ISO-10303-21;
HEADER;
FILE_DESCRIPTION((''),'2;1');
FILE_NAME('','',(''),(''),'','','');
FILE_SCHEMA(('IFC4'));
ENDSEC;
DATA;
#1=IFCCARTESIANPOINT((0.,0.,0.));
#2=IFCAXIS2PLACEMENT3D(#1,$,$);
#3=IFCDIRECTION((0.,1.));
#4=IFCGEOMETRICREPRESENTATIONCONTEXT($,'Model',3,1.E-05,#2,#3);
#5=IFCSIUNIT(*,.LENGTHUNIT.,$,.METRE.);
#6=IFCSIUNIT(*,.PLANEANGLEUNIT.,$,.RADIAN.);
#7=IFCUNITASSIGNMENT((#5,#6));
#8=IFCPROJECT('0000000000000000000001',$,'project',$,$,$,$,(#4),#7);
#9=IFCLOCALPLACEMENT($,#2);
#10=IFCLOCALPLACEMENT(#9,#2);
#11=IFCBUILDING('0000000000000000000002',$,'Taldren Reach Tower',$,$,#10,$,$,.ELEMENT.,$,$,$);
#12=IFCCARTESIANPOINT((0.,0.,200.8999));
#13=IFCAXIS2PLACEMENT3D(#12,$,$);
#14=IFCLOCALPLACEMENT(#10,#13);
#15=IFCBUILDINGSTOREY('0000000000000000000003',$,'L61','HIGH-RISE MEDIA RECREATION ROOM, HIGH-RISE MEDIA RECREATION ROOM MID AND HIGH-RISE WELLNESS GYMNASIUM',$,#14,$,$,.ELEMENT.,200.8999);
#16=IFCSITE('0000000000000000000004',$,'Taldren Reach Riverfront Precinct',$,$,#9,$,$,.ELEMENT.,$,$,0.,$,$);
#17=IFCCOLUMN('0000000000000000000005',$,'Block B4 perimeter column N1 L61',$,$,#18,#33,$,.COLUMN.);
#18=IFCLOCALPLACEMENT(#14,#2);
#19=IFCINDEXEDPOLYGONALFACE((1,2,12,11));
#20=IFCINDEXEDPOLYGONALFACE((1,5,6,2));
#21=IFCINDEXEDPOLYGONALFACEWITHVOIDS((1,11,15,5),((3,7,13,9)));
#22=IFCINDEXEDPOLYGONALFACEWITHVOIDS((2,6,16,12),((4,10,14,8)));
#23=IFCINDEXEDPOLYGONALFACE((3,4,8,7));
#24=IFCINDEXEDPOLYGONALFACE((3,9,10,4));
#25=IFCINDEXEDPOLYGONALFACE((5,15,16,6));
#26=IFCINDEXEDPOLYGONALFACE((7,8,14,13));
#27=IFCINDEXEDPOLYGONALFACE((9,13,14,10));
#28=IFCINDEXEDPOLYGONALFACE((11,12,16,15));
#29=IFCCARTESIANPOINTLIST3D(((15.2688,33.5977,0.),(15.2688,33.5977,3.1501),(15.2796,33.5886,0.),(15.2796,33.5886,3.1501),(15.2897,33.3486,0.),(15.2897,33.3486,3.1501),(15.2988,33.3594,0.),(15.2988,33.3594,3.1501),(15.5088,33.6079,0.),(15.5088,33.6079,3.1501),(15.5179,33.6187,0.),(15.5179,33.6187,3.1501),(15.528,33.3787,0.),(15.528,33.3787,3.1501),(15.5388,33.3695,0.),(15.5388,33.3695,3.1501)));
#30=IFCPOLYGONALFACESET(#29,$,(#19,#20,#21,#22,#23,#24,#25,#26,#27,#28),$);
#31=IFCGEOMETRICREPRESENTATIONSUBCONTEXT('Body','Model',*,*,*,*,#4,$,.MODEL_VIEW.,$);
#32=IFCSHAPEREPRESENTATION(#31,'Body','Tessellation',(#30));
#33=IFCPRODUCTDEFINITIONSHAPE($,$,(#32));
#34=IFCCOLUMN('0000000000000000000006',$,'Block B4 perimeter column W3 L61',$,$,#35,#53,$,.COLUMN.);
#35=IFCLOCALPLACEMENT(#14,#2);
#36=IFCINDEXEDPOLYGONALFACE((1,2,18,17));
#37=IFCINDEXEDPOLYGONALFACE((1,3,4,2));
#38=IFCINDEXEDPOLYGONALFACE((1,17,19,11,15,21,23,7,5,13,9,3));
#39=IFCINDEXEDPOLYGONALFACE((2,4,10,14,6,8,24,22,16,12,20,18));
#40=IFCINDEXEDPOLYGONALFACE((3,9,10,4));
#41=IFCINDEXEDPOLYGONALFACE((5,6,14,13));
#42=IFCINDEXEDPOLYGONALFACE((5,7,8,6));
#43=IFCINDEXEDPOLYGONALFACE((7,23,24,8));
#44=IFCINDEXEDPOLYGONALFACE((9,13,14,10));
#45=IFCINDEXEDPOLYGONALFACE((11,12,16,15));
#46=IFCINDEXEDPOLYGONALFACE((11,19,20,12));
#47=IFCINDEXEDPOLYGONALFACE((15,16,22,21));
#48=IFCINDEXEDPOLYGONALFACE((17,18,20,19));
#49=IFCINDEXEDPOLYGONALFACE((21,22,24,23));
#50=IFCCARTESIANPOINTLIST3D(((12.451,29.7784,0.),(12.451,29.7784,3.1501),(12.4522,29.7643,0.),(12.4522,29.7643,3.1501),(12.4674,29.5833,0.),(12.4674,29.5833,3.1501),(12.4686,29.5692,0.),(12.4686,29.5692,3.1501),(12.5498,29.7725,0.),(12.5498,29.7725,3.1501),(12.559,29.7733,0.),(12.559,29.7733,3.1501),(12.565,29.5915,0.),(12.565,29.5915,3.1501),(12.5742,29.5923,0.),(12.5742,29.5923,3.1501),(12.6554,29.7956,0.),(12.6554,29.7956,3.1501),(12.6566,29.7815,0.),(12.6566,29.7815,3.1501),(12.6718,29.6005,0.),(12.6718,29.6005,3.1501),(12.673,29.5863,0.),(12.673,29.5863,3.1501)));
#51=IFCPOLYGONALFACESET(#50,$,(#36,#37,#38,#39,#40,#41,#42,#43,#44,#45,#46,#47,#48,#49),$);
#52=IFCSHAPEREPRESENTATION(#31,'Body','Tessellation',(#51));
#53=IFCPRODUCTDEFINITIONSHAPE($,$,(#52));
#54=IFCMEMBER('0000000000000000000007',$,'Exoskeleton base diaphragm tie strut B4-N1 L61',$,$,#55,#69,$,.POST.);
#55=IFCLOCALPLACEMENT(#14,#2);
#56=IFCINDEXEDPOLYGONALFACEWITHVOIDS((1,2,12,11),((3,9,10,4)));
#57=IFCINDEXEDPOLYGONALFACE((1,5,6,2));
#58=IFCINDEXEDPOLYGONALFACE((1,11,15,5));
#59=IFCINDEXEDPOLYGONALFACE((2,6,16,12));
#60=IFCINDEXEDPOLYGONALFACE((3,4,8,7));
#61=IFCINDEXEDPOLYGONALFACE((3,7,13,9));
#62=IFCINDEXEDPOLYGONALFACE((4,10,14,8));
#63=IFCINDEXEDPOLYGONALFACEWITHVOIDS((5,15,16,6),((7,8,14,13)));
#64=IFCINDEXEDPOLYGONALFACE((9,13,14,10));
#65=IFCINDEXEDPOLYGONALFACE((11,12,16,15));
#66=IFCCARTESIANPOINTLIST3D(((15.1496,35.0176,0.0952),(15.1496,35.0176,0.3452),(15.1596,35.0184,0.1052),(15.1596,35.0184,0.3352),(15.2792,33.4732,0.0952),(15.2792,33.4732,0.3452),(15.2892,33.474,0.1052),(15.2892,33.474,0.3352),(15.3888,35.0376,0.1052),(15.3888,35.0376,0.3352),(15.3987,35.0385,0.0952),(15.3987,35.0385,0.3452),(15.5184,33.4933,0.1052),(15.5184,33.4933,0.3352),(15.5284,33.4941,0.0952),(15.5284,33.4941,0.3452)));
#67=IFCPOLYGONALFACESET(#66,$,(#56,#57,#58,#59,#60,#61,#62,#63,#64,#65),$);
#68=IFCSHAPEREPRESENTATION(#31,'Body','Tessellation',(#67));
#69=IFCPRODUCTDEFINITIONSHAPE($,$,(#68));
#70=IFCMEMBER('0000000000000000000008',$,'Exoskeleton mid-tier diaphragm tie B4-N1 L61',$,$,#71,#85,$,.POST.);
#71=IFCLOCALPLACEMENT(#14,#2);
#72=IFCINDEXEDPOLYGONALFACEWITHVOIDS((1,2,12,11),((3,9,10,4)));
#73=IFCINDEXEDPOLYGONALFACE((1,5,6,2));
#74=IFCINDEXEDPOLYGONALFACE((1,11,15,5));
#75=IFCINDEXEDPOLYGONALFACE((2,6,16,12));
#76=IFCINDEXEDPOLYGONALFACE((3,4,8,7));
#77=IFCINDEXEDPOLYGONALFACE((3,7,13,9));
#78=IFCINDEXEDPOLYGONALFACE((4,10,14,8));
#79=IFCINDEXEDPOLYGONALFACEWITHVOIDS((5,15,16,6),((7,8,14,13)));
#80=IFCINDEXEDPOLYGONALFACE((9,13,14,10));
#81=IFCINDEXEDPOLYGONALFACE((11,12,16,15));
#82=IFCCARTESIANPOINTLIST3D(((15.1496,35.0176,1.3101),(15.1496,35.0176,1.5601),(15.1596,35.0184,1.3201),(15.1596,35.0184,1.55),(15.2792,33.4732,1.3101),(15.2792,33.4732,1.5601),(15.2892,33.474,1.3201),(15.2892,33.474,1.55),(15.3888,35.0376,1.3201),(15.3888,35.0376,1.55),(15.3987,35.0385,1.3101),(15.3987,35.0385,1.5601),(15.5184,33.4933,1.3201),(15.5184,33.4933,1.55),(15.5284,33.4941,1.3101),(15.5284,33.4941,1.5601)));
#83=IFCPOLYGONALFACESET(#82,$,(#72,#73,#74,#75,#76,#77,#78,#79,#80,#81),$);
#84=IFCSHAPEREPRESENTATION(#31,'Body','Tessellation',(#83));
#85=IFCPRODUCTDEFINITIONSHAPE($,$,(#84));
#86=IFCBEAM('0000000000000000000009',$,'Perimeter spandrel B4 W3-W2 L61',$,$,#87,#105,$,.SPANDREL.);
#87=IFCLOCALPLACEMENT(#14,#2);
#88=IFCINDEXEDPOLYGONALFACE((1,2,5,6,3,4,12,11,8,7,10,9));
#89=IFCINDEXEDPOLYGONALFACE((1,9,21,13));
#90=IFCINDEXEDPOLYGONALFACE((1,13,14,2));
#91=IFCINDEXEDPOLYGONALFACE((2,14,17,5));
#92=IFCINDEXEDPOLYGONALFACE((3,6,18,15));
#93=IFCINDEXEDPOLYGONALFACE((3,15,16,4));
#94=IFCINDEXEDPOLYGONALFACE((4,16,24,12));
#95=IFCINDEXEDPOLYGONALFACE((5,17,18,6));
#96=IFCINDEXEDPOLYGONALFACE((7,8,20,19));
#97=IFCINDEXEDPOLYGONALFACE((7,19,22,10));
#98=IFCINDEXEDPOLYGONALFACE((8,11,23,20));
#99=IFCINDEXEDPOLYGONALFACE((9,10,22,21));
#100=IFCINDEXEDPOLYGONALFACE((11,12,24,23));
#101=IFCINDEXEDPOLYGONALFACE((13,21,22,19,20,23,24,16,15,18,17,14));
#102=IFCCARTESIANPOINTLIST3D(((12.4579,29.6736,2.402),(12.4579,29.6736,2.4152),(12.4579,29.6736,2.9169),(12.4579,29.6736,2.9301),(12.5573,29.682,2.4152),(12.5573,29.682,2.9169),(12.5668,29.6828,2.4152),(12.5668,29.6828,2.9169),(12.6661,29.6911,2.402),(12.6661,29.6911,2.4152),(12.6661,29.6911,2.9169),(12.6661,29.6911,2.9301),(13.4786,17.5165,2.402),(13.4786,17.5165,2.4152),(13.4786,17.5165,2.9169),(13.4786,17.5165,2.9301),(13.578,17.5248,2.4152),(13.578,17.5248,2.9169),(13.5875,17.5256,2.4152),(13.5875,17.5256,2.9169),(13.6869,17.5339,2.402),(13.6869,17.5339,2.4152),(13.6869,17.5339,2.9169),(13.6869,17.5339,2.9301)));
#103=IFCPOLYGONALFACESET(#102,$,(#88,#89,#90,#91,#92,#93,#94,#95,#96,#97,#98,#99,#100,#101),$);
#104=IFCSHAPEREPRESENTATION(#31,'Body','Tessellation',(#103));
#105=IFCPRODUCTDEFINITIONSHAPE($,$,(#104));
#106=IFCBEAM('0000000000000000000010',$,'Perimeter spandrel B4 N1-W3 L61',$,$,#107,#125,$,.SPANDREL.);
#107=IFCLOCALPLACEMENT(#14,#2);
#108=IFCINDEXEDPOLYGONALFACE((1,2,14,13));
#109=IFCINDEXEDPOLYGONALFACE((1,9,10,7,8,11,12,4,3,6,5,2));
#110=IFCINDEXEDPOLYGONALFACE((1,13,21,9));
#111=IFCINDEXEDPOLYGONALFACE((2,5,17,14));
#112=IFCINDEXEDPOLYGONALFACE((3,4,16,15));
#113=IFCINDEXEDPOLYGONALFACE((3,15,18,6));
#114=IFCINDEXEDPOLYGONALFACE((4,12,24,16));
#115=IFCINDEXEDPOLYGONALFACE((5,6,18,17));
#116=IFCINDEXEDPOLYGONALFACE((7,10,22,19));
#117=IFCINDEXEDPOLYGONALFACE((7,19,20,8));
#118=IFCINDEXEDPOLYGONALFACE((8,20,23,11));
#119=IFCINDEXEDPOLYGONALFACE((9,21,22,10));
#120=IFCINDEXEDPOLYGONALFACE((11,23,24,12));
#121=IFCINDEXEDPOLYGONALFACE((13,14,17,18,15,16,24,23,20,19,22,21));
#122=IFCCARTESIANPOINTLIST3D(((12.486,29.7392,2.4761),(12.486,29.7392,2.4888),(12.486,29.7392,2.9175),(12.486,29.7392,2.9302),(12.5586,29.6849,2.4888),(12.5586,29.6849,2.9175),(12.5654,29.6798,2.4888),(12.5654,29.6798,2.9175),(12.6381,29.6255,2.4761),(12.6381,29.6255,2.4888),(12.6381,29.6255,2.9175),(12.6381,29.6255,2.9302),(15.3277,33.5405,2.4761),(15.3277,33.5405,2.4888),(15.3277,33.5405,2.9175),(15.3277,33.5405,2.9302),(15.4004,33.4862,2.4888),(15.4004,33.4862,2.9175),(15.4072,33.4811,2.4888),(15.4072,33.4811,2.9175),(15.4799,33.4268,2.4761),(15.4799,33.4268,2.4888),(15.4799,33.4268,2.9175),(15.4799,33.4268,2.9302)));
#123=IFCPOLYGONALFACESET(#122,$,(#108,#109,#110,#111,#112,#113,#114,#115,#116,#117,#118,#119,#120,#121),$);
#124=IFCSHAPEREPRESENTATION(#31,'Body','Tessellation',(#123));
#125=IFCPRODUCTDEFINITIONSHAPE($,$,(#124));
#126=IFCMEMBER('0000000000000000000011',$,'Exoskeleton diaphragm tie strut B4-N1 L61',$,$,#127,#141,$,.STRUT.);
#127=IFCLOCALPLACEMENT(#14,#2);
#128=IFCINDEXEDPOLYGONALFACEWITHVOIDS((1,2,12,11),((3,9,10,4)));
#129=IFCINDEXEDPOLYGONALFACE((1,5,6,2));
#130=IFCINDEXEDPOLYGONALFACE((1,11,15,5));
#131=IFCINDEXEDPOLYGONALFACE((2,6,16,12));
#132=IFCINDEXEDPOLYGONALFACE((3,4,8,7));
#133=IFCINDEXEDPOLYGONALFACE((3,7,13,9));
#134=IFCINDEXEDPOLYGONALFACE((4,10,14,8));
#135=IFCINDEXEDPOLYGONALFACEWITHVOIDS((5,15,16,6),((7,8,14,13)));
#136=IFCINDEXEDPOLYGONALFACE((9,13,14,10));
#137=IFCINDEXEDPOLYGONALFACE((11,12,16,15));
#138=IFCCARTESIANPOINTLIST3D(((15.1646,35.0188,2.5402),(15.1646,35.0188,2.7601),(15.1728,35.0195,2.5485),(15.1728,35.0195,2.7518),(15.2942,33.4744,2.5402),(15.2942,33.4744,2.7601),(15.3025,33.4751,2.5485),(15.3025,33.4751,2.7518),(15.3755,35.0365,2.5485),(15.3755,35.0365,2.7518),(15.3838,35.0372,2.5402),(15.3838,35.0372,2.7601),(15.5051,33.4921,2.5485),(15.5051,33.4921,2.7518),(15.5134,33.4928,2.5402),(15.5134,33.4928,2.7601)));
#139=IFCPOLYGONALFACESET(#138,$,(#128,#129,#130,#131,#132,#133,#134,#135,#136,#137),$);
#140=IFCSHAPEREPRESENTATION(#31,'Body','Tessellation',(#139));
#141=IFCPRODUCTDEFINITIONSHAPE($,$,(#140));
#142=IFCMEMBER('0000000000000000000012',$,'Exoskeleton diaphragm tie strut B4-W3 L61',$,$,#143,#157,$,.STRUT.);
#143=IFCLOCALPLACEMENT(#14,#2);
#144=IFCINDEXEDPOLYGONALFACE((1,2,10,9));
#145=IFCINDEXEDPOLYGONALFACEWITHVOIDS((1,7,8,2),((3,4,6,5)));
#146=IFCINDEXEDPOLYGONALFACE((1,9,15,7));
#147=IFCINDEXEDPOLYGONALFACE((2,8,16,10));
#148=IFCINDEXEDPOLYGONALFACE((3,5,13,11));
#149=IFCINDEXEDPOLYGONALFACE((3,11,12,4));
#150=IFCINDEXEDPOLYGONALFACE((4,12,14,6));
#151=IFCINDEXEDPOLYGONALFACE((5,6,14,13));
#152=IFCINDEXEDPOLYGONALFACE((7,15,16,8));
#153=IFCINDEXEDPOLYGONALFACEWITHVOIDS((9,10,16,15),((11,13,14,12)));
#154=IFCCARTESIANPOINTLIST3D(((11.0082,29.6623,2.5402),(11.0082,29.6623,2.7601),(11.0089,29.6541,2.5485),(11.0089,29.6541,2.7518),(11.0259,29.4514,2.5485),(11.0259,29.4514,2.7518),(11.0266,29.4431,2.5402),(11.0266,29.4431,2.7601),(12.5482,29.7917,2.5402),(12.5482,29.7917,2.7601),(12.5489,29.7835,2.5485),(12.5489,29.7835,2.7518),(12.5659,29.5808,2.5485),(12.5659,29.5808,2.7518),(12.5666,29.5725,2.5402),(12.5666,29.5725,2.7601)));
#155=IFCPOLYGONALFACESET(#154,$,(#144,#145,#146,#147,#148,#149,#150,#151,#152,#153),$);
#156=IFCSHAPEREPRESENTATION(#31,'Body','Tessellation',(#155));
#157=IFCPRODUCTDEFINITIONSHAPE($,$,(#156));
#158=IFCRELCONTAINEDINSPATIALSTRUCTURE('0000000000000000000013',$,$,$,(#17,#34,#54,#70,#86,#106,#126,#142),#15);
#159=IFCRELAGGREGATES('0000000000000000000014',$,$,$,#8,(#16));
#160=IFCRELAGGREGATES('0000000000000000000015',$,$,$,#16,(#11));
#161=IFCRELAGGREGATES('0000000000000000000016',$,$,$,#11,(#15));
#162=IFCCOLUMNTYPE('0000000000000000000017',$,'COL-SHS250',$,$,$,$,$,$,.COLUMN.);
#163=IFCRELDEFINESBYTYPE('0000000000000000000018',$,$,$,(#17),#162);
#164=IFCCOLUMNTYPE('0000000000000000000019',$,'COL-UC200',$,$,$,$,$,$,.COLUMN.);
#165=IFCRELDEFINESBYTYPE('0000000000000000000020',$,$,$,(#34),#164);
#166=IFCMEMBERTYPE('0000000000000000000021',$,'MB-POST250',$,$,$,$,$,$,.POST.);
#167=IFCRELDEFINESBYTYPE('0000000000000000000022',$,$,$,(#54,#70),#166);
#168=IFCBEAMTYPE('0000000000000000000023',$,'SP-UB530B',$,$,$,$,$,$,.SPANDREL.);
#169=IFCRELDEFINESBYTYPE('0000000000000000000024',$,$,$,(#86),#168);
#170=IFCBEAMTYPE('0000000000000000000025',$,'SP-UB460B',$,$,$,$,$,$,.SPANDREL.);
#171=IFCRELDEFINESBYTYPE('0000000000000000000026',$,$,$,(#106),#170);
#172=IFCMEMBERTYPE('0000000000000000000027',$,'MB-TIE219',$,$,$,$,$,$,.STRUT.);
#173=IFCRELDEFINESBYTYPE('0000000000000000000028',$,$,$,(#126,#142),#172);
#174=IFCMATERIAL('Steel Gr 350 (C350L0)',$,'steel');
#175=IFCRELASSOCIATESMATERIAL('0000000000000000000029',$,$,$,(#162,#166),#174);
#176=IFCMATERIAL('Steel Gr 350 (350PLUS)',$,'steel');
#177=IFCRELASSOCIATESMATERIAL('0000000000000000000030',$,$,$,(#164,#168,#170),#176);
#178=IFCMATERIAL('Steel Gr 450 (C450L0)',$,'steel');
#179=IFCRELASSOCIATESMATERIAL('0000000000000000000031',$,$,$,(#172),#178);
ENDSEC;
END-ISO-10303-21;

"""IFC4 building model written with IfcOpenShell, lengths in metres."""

from ifc_helpers import new_model, si_unit, direction, frame, origin, origin_2d, place, context, subcontext, project, spatial, hollow_rectangle, i_section, extrude, source, transform, mapped, material, material_profile, profile_set, type_object, element, save


model = new_model("IFC4")

# Units and contexts
model_context = context("Model", 3, precision=1e-05, world=origin(), true_north=direction((0.0, 1.0)))
body_context = subcontext(model_context, "Body", "Model", "MODEL_VIEW")
ifc_project = project(units=[si_unit("LENGTHUNIT", "METRE"), si_unit("PLANEANGLEUNIT", "RADIAN")], contexts=[model_context])

# Site, building, storey
site_placement = place(None, origin())
site = spatial("IfcSite", under=ifc_project, at=site_placement, Name="Taldren Reach Riverfront Precinct", CompositionType="ELEMENT", RefElevation=0.0)
building_placement = place(site_placement, origin())
building = spatial("IfcBuilding", under=site, at=building_placement, Name="Taldren Reach Tower", CompositionType="ELEMENT")
storey_placement = place(building_placement, frame((0.0, 0.0, 200.8999)))
storey = spatial("IfcBuildingStorey", under=building, at=storey_placement, Name="L61", Description="HIGH-RISE MEDIA RECREATION ROOM, HIGH-RISE MEDIA RECREATION ROOM MID AND HIGH-RISE WELLNESS GYMNASIUM", CompositionType="ELEMENT", Elevation=200.8999)

# Columns
ifc_material_1 = material(Name="Steel Gr 350 (C350L0)", Category="steel")
ifc_material_profile_1 = material_profile(ifc_material_1, hollow_rectangle(XDim=0.25, YDim=0.25, WallThickness=0.01, at=origin_2d()), Name="250x250x10.0SHS")
ifc_profile_set_1 = profile_set([ifc_material_profile_1], Name="Steel Gr 350 (C350L0)")
column_type_1 = type_object("IfcColumnType", Name="COL-SHS250", PredefinedType="COLUMN", material=ifc_profile_set_1)
shared_shape_1 = source(origin(), body_context, "Body", "SweptSolid", [
    extrude(hollow_rectangle(XDim=0.25, YDim=0.25, WallThickness=0.01, at=origin_2d()), origin(), (0.0, 0.0, 1.0), 3.1501),
])
column_1_placement = place(storey_placement, frame((15.4038, 33.4836, 0.0), z_axis=(0.0, 0.0, 1.0), x_axis=(0.996493, 0.083678, 0.0)))
element("IfcColumn", 1, at=column_1_placement, inside=storey, type_object=column_type_1, Name="Block B4 perimeter column N1 L61", PredefinedType="COLUMN", context=body_context, shape_type="MappedRepresentation", body=[
    mapped(shared_shape_1, transform((0.0, 0.0, 0.0), scale=1.0)),
])
ifc_material_2 = material(Name="Steel Gr 350 (350PLUS)", Category="steel")
ifc_material_profile_2 = material_profile(ifc_material_2, i_section(OverallWidth=0.2051, OverallDepth=0.21, WebThickness=0.0093, FlangeThickness=0.0142, at=origin_2d()), Name="200UC59.5")
ifc_profile_set_2 = profile_set([ifc_material_profile_2], Name="Steel Gr 350 (350PLUS)")
column_type_2 = type_object("IfcColumnType", Name="COL-UC200", PredefinedType="COLUMN", material=ifc_profile_set_2)
shared_shape_2 = source(origin(), body_context, "Body", "SweptSolid", [
    extrude(i_section(OverallWidth=0.2051, OverallDepth=0.21, WebThickness=0.0093, FlangeThickness=0.0142, at=origin_2d()), origin(), (0.0, 0.0, 1.0), 3.1501),
])
column_2_placement = place(storey_placement, frame((12.562, 29.6824, 0.0), z_axis=(0.0, 0.0, 1.0), x_axis=(0.996493, 0.083678, 0.0)))
element("IfcColumn", 2, at=column_2_placement, inside=storey, type_object=column_type_2, Name="Block B4 perimeter column W3 L61", PredefinedType="COLUMN", context=body_context, shape_type="MappedRepresentation", body=[
    mapped(shared_shape_2, transform((0.0, 0.0, 0.0), scale=1.0)),
])

# Members
ifc_material_profile_3 = material_profile(ifc_material_1, hollow_rectangle(XDim=0.25, YDim=0.25, WallThickness=0.01, at=origin_2d()), Name="250x250x10.0SHS")
ifc_profile_set_3 = profile_set([ifc_material_profile_3], Name="Steel Gr 350 (C350L0)")
member_type_1 = type_object("IfcMemberType", Name="MB-POST250", PredefinedType="POST", material=ifc_profile_set_3)
shared_shape_3 = source(origin(), body_context, "Body", "SweptSolid", [
    extrude(hollow_rectangle(XDim=0.25, YDim=0.25, WallThickness=0.01, at=origin_2d()), origin(), (0.0, 0.0, 1.0), 1.5498),
])
for number, where, z_axis, x_axis, name in (
    (3, (15.4038, 33.4836, 0.2202), (-0.083645, 0.996496, 0.0), (-0.996496, -0.083645, 0.0), "Exoskeleton base diaphragm tie strut B4-N1 L61"),
    (4, (15.4038, 33.4836, 1.4351), (-0.083645, 0.996496, 0.0), (-0.996496, -0.083645, 0.0), "Exoskeleton mid-tier diaphragm tie B4-N1 L61"),
):
    element("IfcMember", number, at=place(storey_placement, frame(where, z_axis=z_axis, x_axis=x_axis)), inside=storey, type_object=member_type_1, Name=name, PredefinedType="POST", context=body_context, shape_type="MappedRepresentation", body=[
        mapped(shared_shape_3, transform((0.0, 0.0, 0.0), scale=1.0)),
    ])

# Beams
ifc_material_profile_4 = material_profile(ifc_material_2, i_section(OverallWidth=0.209, OverallDepth=0.5281, WebThickness=0.0095, FlangeThickness=0.0132, at=origin_2d()), Name="530UB82.0")
ifc_profile_set_4 = profile_set([ifc_material_profile_4], Name="Steel Gr 350 (350PLUS)")
beam_type_1 = type_object("IfcBeamType", Name="SP-UB530B", PredefinedType="SPANDREL", material=ifc_profile_set_4)
shared_shape_4 = source(origin(), body_context, "Body", "SweptSolid", [
    extrude(i_section(OverallWidth=0.209, OverallDepth=0.5281, WebThickness=0.0095, FlangeThickness=0.0132, at=origin_2d()), origin(), (0.0, 0.0, 1.0), 12.2),
])
beam_1_placement = place(storey_placement, frame((12.562, 29.6824, 2.666), z_axis=(0.083668, -0.996494, 0.0), x_axis=(0.996494, 0.083668, 0.0)))
element("IfcBeam", 5, at=beam_1_placement, inside=storey, type_object=beam_type_1, Name="Perimeter spandrel B4 W3-W2 L61", PredefinedType="SPANDREL", context=body_context, shape_type="MappedRepresentation", body=[
    mapped(shared_shape_4, transform((0.0, 0.0, 0.0), scale=1.0)),
])
ifc_material_profile_5 = material_profile(ifc_material_2, i_section(OverallWidth=0.1899, OverallDepth=0.4541, WebThickness=0.0085, FlangeThickness=0.0127, at=origin_2d()), Name="460UB67.1")
ifc_profile_set_5 = profile_set([ifc_material_profile_5], Name="Steel Gr 350 (350PLUS)")
beam_type_2 = type_object("IfcBeamType", Name="SP-UB460B", PredefinedType="SPANDREL", material=ifc_profile_set_5)
shared_shape_5 = source(origin(), body_context, "Body", "SweptSolid", [
    extrude(i_section(OverallWidth=0.1899, OverallDepth=0.4541, WebThickness=0.0085, FlangeThickness=0.0127, at=origin_2d()), origin(), (0.0, 0.0, 1.0), 4.7461),
])
beam_2_placement = place(storey_placement, frame((15.4038, 33.4836, 2.7031), z_axis=(-0.598765, -0.800925, 0.0), x_axis=(0.800925, -0.598765, 0.0)))
element("IfcBeam", 6, at=beam_2_placement, inside=storey, type_object=beam_type_2, Name="Perimeter spandrel B4 N1-W3 L61", PredefinedType="SPANDREL", context=body_context, shape_type="MappedRepresentation", body=[
    mapped(shared_shape_5, transform((0.0, 0.0, 0.0), scale=1.0)),
])

# Members
ifc_material_3 = material(Name="Steel Gr 450 (C450L0)", Category="steel")
ifc_material_profile_6 = material_profile(ifc_material_3, hollow_rectangle(XDim=0.22, YDim=0.22, WallThickness=0.0083, at=origin_2d()), Name="220x220x8.2SHS")
ifc_profile_set_6 = profile_set([ifc_material_profile_6], Name="Steel Gr 450 (C450L0)")
member_type_2 = type_object("IfcMemberType", Name="MB-TIE219", PredefinedType="STRUT", material=ifc_profile_set_6)
shared_shape_6 = source(origin(), body_context, "Body", "SweptSolid", [
    extrude(hollow_rectangle(XDim=0.22, YDim=0.22, WallThickness=0.0083, at=origin_2d()), origin(), (0.0, 0.0, 1.0), 1.5498),
])
member_1_placement = place(storey_placement, frame((15.4038, 33.4836, 2.6501), z_axis=(-0.083645, 0.996496, 0.0), x_axis=(-0.996496, -0.083645, 0.0)))
element("IfcMember", 7, at=member_1_placement, inside=storey, type_object=member_type_2, Name="Exoskeleton diaphragm tie strut B4-N1 L61", PredefinedType="STRUT", context=body_context, shape_type="MappedRepresentation", body=[
    mapped(shared_shape_6, transform((0.0, 0.0, 0.0), scale=1.0)),
])
shared_shape_7 = source(origin(), body_context, "Body", "SweptSolid", [
    extrude(hollow_rectangle(XDim=0.22, YDim=0.22, WallThickness=0.0083, at=origin_2d()), origin(), (0.0, 0.0, 1.0), 1.5454),
])
member_2_placement = place(storey_placement, frame((12.5574, 29.6821, 2.6501), z_axis=(-0.996489, -0.083725, 0.0), x_axis=(0.083725, -0.996489, 0.0)))
element("IfcMember", 8, at=member_2_placement, inside=storey, type_object=member_type_2, Name="Exoskeleton diaphragm tie strut B4-W3 L61", PredefinedType="STRUT", context=body_context, shape_type="MappedRepresentation", body=[
    mapped(shared_shape_7, transform((0.0, 0.0, 0.0), scale=1.0)),
])

save(model, "model.ifc")
